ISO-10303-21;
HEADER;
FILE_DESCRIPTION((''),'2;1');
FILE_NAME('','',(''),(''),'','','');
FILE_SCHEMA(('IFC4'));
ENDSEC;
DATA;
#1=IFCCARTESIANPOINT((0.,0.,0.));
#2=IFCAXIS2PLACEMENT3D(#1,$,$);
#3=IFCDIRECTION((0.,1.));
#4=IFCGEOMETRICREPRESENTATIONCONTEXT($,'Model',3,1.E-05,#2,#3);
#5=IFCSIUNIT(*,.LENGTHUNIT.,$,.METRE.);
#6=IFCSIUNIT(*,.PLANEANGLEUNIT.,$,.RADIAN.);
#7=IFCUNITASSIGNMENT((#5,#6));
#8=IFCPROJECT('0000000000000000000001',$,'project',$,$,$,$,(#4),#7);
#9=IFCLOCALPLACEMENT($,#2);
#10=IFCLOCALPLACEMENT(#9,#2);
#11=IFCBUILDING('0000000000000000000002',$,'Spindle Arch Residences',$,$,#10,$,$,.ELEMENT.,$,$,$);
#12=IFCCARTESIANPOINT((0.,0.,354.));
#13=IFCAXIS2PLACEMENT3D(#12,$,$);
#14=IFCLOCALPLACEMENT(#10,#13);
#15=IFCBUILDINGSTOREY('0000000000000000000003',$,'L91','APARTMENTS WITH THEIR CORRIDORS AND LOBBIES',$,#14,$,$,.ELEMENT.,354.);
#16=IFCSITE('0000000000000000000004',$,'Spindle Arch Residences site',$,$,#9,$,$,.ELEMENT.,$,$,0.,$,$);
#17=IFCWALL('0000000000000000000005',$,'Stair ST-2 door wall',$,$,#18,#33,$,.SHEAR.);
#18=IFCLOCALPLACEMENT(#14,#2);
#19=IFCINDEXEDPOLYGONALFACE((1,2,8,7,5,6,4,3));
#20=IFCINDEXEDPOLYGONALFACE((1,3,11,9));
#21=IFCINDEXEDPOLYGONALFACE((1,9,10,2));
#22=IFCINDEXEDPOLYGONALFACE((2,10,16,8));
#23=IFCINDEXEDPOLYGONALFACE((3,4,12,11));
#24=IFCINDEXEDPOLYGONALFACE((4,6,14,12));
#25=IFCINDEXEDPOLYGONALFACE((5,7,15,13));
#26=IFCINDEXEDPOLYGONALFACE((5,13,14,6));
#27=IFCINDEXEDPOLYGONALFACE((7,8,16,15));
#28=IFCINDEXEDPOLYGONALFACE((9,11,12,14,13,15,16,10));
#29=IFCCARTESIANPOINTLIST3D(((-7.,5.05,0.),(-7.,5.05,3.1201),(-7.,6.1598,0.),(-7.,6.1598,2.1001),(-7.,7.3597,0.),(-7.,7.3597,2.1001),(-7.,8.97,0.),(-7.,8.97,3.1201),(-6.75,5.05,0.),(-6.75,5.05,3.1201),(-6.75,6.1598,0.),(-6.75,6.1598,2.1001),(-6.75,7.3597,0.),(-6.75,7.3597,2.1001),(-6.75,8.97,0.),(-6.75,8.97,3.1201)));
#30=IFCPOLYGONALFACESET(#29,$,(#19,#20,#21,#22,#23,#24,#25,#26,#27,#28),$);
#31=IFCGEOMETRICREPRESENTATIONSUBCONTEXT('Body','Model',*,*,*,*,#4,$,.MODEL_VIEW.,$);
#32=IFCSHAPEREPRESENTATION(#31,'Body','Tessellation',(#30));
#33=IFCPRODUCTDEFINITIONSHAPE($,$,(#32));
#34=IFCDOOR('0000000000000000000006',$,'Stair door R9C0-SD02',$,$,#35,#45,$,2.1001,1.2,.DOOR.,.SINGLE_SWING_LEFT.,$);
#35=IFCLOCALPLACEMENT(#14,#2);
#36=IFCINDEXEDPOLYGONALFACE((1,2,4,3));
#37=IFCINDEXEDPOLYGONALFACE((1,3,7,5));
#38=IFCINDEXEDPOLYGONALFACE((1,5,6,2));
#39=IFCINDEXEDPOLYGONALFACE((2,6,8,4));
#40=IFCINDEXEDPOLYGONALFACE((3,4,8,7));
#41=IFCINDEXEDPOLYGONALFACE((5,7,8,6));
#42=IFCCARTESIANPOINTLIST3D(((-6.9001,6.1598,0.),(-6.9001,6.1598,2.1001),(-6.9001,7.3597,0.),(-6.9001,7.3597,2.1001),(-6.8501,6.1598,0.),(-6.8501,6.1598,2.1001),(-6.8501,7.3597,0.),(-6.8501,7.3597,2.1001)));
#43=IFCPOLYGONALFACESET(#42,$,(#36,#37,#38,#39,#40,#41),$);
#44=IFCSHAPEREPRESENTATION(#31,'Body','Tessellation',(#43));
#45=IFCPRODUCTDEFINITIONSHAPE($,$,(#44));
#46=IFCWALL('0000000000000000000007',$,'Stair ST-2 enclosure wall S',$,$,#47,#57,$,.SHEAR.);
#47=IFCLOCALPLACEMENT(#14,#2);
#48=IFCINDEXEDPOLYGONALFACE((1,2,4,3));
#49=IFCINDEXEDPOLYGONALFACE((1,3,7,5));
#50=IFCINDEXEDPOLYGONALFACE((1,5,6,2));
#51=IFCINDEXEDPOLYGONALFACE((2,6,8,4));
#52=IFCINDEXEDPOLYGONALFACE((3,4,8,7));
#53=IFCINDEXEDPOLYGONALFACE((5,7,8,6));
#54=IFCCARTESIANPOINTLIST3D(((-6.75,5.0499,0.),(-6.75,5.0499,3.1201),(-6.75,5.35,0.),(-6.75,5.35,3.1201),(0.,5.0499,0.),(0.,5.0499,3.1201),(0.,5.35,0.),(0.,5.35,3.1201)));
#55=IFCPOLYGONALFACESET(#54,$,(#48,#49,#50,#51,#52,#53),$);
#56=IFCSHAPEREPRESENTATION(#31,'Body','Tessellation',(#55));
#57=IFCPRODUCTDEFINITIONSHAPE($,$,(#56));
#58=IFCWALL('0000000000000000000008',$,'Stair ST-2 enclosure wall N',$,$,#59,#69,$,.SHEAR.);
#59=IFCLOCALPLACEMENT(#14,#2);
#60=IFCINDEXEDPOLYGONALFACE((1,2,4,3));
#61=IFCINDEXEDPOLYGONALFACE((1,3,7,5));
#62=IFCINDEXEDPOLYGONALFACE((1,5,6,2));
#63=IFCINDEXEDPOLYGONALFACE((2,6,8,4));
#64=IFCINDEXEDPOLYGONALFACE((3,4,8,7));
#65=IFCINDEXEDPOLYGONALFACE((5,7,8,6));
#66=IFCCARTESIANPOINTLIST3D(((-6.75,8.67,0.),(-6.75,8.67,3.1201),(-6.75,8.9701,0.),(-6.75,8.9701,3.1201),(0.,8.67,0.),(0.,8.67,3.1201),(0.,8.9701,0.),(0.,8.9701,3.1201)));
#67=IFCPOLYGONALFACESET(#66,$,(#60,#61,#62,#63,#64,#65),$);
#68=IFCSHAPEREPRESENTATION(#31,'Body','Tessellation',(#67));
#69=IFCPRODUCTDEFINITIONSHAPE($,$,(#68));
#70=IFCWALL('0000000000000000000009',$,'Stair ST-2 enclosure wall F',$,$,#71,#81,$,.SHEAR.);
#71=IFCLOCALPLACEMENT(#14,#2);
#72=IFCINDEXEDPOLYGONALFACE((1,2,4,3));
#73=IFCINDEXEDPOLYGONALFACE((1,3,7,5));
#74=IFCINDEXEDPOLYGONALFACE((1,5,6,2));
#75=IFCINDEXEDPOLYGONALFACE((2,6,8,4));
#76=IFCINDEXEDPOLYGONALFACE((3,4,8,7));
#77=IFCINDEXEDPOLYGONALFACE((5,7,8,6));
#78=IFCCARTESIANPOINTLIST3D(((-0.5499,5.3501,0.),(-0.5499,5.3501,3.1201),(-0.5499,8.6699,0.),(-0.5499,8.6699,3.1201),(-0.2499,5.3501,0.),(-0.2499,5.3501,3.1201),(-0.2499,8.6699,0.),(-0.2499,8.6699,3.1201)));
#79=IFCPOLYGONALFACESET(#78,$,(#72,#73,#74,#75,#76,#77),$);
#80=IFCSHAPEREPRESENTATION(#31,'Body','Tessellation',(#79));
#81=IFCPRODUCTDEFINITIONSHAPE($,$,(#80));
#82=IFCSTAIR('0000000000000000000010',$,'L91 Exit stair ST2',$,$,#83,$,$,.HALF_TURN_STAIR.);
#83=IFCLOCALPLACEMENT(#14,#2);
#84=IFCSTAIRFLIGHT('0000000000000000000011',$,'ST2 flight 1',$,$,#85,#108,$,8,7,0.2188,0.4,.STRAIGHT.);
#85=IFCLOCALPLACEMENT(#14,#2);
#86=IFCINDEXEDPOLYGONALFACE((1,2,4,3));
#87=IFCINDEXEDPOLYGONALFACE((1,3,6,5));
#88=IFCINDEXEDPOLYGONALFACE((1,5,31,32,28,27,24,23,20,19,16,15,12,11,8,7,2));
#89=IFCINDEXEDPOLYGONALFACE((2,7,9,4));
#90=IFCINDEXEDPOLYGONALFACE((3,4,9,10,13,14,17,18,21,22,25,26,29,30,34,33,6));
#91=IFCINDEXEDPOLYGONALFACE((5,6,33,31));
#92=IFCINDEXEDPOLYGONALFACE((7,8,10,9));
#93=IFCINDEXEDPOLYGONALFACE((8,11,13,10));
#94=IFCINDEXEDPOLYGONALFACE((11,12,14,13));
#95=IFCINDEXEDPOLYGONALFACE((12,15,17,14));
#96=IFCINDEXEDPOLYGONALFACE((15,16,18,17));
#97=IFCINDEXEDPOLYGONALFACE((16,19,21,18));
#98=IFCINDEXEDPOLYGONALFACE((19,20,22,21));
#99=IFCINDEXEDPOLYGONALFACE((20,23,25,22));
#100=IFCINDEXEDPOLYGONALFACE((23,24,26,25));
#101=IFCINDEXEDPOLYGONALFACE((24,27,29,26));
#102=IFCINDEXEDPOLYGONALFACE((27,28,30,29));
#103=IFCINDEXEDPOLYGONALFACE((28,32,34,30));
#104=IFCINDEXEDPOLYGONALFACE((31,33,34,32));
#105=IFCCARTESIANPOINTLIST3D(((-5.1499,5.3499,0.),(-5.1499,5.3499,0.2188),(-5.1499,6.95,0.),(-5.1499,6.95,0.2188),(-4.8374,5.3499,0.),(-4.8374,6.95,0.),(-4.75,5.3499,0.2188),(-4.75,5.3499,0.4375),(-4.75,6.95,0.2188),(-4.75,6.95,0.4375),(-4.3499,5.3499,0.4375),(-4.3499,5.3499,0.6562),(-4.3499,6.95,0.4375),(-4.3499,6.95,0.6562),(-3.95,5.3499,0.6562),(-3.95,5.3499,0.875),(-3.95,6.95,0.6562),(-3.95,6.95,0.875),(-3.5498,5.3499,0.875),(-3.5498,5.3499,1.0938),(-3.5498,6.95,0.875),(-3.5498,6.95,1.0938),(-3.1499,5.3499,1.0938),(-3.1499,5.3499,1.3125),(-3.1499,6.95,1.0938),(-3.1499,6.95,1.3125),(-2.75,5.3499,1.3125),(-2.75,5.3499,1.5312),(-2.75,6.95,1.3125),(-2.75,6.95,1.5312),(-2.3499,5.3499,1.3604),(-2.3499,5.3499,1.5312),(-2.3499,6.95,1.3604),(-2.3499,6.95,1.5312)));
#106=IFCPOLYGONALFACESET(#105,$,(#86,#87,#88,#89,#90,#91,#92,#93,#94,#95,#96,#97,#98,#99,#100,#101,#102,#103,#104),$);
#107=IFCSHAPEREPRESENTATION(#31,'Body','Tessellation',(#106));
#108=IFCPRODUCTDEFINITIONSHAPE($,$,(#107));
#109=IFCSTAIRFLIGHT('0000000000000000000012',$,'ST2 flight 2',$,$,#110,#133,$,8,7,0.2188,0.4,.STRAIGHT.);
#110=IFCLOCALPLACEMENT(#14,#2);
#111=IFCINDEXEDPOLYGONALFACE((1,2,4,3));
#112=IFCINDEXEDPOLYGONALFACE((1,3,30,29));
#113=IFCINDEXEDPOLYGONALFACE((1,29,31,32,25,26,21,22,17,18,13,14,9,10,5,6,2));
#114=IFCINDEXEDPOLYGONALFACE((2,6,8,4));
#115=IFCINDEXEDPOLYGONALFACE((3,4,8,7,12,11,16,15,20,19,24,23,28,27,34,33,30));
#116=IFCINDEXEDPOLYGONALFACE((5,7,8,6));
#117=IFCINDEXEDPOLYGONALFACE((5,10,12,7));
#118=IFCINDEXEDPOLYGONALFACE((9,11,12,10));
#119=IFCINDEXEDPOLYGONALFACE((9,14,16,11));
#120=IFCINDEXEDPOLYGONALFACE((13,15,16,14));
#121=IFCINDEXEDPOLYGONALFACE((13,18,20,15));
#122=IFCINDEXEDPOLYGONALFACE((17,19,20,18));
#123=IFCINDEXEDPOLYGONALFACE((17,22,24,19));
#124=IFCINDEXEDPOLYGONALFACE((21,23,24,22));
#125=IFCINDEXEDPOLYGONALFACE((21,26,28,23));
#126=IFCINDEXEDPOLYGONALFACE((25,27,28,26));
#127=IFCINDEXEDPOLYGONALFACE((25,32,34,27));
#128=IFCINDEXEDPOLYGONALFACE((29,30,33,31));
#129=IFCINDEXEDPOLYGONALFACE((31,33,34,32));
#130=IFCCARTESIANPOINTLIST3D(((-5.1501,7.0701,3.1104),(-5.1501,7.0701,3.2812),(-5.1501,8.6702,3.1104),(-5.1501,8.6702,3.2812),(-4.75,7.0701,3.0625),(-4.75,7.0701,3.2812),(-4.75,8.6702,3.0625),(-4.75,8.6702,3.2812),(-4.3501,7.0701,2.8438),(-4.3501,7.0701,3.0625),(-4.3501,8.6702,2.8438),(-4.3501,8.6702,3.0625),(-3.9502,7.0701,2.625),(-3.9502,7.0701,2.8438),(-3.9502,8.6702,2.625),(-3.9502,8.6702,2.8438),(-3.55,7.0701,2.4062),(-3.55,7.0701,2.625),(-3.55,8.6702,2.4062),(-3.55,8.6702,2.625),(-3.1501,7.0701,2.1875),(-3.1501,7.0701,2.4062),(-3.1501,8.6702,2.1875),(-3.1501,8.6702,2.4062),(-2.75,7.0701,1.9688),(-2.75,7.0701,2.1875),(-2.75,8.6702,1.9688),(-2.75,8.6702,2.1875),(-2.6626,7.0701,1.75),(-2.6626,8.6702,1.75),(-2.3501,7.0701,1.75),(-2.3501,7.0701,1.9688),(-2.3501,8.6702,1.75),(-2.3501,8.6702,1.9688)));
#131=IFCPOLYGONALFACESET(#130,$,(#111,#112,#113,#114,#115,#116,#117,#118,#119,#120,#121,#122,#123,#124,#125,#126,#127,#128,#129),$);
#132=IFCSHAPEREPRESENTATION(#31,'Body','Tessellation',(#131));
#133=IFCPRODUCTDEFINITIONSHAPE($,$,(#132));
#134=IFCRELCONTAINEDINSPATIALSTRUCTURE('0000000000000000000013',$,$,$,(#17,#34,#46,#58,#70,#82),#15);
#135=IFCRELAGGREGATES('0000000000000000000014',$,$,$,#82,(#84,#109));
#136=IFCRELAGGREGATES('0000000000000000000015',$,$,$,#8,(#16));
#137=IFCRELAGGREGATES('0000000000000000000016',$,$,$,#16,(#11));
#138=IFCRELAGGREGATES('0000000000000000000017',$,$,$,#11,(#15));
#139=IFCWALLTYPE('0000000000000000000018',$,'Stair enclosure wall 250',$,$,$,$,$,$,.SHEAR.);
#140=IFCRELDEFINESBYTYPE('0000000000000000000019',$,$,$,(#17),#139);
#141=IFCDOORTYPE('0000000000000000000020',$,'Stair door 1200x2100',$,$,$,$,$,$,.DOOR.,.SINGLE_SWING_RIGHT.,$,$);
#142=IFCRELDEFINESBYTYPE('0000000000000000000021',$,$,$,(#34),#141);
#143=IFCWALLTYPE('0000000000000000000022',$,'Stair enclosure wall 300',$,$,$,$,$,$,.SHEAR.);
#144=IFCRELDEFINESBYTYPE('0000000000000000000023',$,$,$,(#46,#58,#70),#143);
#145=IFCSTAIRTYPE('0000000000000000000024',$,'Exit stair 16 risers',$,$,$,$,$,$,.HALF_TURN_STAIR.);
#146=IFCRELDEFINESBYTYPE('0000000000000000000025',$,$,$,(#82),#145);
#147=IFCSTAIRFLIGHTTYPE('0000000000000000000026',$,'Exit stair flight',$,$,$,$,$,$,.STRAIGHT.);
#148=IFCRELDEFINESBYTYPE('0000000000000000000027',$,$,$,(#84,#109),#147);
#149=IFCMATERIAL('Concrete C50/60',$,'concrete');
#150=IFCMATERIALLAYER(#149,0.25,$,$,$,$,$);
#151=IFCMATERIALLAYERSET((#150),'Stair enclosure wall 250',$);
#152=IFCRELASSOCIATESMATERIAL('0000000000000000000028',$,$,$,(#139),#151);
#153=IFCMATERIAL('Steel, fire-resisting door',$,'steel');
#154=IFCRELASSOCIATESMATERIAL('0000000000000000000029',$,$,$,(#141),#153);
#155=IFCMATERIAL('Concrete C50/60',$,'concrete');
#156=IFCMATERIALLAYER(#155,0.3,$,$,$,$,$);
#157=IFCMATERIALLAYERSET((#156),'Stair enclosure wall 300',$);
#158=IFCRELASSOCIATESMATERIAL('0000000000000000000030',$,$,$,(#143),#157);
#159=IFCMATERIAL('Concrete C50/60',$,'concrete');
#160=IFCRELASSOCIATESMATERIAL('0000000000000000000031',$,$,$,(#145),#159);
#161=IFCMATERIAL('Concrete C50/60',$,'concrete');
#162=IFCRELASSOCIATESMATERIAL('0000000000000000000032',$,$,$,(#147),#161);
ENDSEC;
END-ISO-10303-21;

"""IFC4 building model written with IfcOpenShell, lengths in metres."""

from ifc_helpers import new_model, si_unit, direction, frame, frame_2d, origin, place, context, subcontext, project, spatial, polyline, rectangle, outline, extrude, material, layer, layer_set, type_object, element, fill, aggregate, save


model = new_model("IFC4")

# Units and contexts
model_context = context("Model", 3, precision=1e-05, world=origin(), true_north=direction((0.0, 1.0)))
body_context = subcontext(model_context, "Body", "Model", "MODEL_VIEW")
ifc_project = project(units=[si_unit("LENGTHUNIT", "METRE"), si_unit("PLANEANGLEUNIT", "RADIAN")], contexts=[model_context])

# Site, building, storey
site_placement = place(None, origin())
site = spatial("IfcSite", under=ifc_project, at=site_placement, Name="Spindle Arch Residences site", CompositionType="ELEMENT", RefElevation=0.0)
building_placement = place(site_placement, origin())
building = spatial("IfcBuilding", under=site, at=building_placement, Name="Spindle Arch Residences", CompositionType="ELEMENT")
storey_placement = place(building_placement, frame((0.0, 0.0, 354.0)))
storey = spatial("IfcBuildingStorey", under=building, at=storey_placement, Name="L91", Description="APARTMENTS WITH THEIR CORRIDORS AND LOBBIES", CompositionType="ELEMENT", Elevation=354.0)

# Wall, opening, door
ifc_material_1 = material(Name="Concrete C50/60", Category="concrete")
ifc_layer_1 = layer(ifc_material_1, 0.25)
ifc_layer_set_1 = layer_set([ifc_layer_1], Name="Stair enclosure wall 250")
wall_type_1 = type_object("IfcWallType", Name="Stair enclosure wall 250", PredefinedType="SHEAR", material=ifc_layer_set_1)
wall_1_placement = place(storey_placement, frame((-6.875, 8.97, 0.0), z_axis=(0.0, 0.0, 1.0), x_axis=(0.0, -1.0, 0.0)))
wall_1 = element("IfcWall", 1, at=wall_1_placement, inside=storey, type_object=wall_type_1, Name="Stair ST-2 door wall", PredefinedType="SHEAR", context=body_context, shape_type="SweptSolid", body=[
    extrude(rectangle(XDim=3.9199, YDim=0.25, at=frame_2d((1.96, 0.0))), origin(), (0.0, 0.0, 1.0), 3.1201),
])
opening_1_placement = place(wall_1_placement, frame((1.6101, 0.0, 0.0)))
opening_1 = element("IfcOpeningElement", 2, at=opening_1_placement, cuts=wall_1, PredefinedType="OPENING", context=body_context, shape_type="SweptSolid", body=[
    extrude(rectangle(XDim=1.2, YDim=2.1001, at=frame_2d((0.6001, 1.05))), frame((0.0, 0.135, 0.0), z_axis=(0.0, -1.0, 0.0), x_axis=(1.0, 0.0, 0.0)), (0.0, 0.0, 1.0), 0.27),
])
ifc_material_2 = material(Name="Steel, fire-resisting door", Category="steel")
door_type_1 = type_object("IfcDoorType", Name="Stair door 1200x2100", OperationType="SINGLE_SWING_RIGHT", PredefinedType="DOOR", material=ifc_material_2)
door_1_placement = place(opening_1_placement, origin())
door_1 = element("IfcDoor", 3, at=door_1_placement, inside=storey, type_object=door_type_1, Name="Stair door R9C0-SD02", OperationType="SINGLE_SWING_LEFT", OverallHeight=2.1001, OverallWidth=1.2, PredefinedType="DOOR", context=body_context, shape_type="SweptSolid", body=[
    extrude(rectangle(XDim=1.2, YDim=2.1001, at=frame_2d((0.6001, 1.05))), frame((0.0, 0.0249, 0.0), z_axis=(0.0, -1.0, 0.0), x_axis=(1.0, 0.0, 0.0)), (0.0, 0.0, 1.0), 0.05),
])
fill(opening_1, door_1)

# Walls
ifc_material_3 = material(Name="Concrete C50/60", Category="concrete")
ifc_layer_2 = layer(ifc_material_3, 0.3)
ifc_layer_set_2 = layer_set([ifc_layer_2], Name="Stair enclosure wall 300")
wall_type_2 = type_object("IfcWallType", Name="Stair enclosure wall 300", PredefinedType="SHEAR", material=ifc_layer_set_2)
for number, where, z_axis, x_axis, name in (
    (4, (-6.75, 5.2, 0.0), (0.0, 0.0, 1.0), (1.0, 0.0, 0.0), "Stair ST-2 enclosure wall S"),
    (5, (-6.75, 8.8201, 0.0), (0.0, 0.0, 1.0), (1.0, 0.0, 0.0), "Stair ST-2 enclosure wall N"),
):
    element("IfcWall", number, at=place(storey_placement, frame(where, z_axis=z_axis, x_axis=x_axis)), inside=storey, type_object=wall_type_2, Name=name, PredefinedType="SHEAR", context=body_context, shape_type="SweptSolid", body=[
        extrude(rectangle(XDim=6.75, YDim=0.3, at=frame_2d((3.375, 0.0))), origin(), (0.0, 0.0, 1.0), 3.1201),
    ])
wall_2_placement = place(storey_placement, frame((-0.3999, 5.3501, 0.0), z_axis=(0.0, 0.0, 1.0), x_axis=(0.0, 1.0, 0.0)))
element("IfcWall", 6, at=wall_2_placement, inside=storey, type_object=wall_type_2, Name="Stair ST-2 enclosure wall F", PredefinedType="SHEAR", context=body_context, shape_type="SweptSolid", body=[
    extrude(rectangle(XDim=3.3198, YDim=0.3, at=frame_2d((1.6599, 0.0))), origin(), (0.0, 0.0, 1.0), 3.1201),
])

# Stair, stair flights
ifc_material_4 = material(Name="Concrete C50/60", Category="concrete")
stair_type = type_object("IfcStairType", Name="Exit stair 16 risers", PredefinedType="HALF_TURN_STAIR", material=ifc_material_4)
stair_placement = place(storey_placement, origin())
stair = element("IfcStair", 7, at=stair_placement, inside=storey, type_object=stair_type, Name="L91 Exit stair ST2", PredefinedType="HALF_TURN_STAIR")
ifc_material_5 = material(Name="Concrete C50/60", Category="concrete")
stair_flight_type = type_object("IfcStairFlightType", Name="Exit stair flight", PredefinedType="STRAIGHT", material=ifc_material_5)
stair_flight_1_placement = place(storey_placement, frame((-5.1499, 6.1499, 0.0), z_axis=(0.0, 0.0, 1.0), x_axis=(1.0, 0.0, 0.0)))
stair_flight_1 = element("IfcStairFlight", 8, at=stair_flight_1_placement, type_object=stair_flight_type, Name="ST2 flight 1", NumberOfRisers=8, NumberOfTreads=7, PredefinedType="STRAIGHT", RiserHeight=0.2188, TreadLength=0.4, context=body_context, shape_type="SweptSolid", body=[
    extrude(outline(polyline([(0.0, 0.0), (0.0, 0.2188), (0.3999, 0.2188), (0.3999, 0.4375), (0.8, 0.4375), (0.8, 0.6562), (1.2, 0.6562), (1.2, 0.875), (1.6001, 0.875), (1.6001, 1.0938), (2.0, 1.0938), (2.0, 1.3125), (2.3999, 1.3125), (2.3999, 1.5312), (2.8, 1.5312), (2.8, 1.75), (2.8, 1.3604), (0.3125, 0.0), (0.0, 0.0)])), frame((0.0, 0.8, 0.0), z_axis=(0.0, -1.0, 0.0), x_axis=(1.0, 0.0, 0.0)), (0.0, 0.0, 1.0), 1.6001),
])
stair_flight_2_placement = place(storey_placement, frame((-2.3501, 7.8701, 1.75), z_axis=(0.0, 0.0, 1.0), x_axis=(-1.0, 0.0, 0.0)))
stair_flight_2 = element("IfcStairFlight", 9, at=stair_flight_2_placement, type_object=stair_flight_type, Name="ST2 flight 2", NumberOfRisers=8, NumberOfTreads=7, PredefinedType="STRAIGHT", RiserHeight=0.2188, TreadLength=0.4, context=body_context, shape_type="SweptSolid", body=[
    extrude(outline(polyline([(0.0, 0.0), (0.0, 0.2188), (0.3999, 0.2188), (0.3999, 0.4375), (0.8, 0.4375), (0.8, 0.6562), (1.2, 0.6562), (1.2, 0.875), (1.6001, 0.875), (1.6001, 1.0938), (2.0, 1.0938), (2.0, 1.3125), (2.3999, 1.3125), (2.3999, 1.5312), (2.8, 1.5312), (2.8, 1.75), (2.8, 1.3604), (0.3125, 0.0), (0.0, 0.0)])), frame((0.0, 0.8, 0.0), z_axis=(0.0, -1.0, 0.0), x_axis=(1.0, 0.0, 0.0)), (0.0, 0.0, 1.0), 1.6001),
])
aggregate(stair, [stair_flight_1, stair_flight_2])

save(model, "model.ifc")
